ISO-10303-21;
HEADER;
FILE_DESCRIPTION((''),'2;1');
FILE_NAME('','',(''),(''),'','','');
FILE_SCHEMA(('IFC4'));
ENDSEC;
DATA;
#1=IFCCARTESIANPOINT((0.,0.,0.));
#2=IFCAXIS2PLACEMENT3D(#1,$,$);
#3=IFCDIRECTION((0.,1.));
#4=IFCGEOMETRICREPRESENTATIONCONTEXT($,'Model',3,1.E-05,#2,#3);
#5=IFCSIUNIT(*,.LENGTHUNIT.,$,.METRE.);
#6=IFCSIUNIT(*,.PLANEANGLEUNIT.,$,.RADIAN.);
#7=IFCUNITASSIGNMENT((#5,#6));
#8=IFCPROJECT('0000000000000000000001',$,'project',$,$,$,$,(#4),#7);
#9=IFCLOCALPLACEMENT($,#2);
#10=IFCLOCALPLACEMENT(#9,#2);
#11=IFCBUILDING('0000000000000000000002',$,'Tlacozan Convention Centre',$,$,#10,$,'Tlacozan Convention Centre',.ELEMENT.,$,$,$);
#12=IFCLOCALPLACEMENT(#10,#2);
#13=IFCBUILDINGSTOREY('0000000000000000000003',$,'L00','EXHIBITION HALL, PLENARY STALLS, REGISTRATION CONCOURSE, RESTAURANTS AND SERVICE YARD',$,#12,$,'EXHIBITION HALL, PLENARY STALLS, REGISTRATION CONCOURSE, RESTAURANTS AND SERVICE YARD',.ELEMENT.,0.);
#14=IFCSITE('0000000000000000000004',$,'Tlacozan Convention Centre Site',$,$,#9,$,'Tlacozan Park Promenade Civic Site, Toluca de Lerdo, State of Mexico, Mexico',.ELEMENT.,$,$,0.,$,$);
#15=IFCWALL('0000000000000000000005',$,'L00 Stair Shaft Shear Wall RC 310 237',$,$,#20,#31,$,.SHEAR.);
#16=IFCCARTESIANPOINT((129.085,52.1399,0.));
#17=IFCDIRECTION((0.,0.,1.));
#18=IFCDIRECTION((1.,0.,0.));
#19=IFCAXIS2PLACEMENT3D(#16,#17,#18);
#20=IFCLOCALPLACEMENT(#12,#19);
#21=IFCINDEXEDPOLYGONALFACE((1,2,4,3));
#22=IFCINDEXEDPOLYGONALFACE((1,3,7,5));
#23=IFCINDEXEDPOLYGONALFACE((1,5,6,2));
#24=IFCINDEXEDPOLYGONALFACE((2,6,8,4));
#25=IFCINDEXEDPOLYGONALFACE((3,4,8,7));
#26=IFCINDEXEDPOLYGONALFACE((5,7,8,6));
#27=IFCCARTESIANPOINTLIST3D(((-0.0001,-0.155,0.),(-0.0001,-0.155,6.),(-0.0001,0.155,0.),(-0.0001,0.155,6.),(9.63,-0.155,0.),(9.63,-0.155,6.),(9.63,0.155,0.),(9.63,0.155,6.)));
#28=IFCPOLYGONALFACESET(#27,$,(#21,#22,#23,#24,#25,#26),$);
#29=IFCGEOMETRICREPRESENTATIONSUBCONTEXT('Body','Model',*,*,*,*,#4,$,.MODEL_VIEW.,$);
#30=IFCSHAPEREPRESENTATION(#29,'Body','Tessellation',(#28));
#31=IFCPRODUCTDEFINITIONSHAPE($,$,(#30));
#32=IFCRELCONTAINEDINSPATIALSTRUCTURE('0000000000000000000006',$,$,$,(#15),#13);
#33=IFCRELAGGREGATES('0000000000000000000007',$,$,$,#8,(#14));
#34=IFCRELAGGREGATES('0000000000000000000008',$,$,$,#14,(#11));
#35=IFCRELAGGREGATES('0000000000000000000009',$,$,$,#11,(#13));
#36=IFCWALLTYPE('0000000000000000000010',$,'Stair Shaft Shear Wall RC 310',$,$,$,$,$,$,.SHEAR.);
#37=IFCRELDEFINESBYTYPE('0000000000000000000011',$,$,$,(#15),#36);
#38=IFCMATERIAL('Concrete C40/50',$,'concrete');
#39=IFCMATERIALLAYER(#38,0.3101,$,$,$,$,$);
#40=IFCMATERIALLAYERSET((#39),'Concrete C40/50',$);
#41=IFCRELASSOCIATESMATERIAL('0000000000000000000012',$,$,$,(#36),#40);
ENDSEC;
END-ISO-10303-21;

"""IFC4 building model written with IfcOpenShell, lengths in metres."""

from ifc_helpers import new_model, si_unit, direction, frame, frame_2d, origin, place, context, subcontext, project, spatial, rectangle, extrude, material, layer, layer_set, type_object, element, save


model = new_model("IFC4")

# Units and contexts
model_context = context("Model", 3, precision=1e-05, world=origin(), true_north=direction((0.0, 1.0)))
body_context = subcontext(model_context, "Body", "Model", "MODEL_VIEW")
ifc_project = project(units=[si_unit("LENGTHUNIT", "METRE"), si_unit("PLANEANGLEUNIT", "RADIAN")], contexts=[model_context])

# Site, building, storey
site_placement = place(None, origin())
site = spatial("IfcSite", under=ifc_project, at=site_placement, Name="Tlacozan Convention Centre Site", LongName="Tlacozan Park Promenade Civic Site, Toluca de Lerdo, State of Mexico, Mexico", CompositionType="ELEMENT", RefElevation=0.0)
building_placement = place(site_placement, origin())
building = spatial("IfcBuilding", under=site, at=building_placement, Name="Tlacozan Convention Centre", LongName="Tlacozan Convention Centre", CompositionType="ELEMENT")
storey_placement = place(building_placement, origin())
storey = spatial("IfcBuildingStorey", under=building, at=storey_placement, Name="L00", Description="EXHIBITION HALL, PLENARY STALLS, REGISTRATION CONCOURSE, RESTAURANTS AND SERVICE YARD", LongName="EXHIBITION HALL, PLENARY STALLS, REGISTRATION CONCOURSE, RESTAURANTS AND SERVICE YARD", CompositionType="ELEMENT", Elevation=0.0)

# Wall
ifc_material_1 = material(Name="Concrete C40/50", Category="concrete")
ifc_layer = layer(ifc_material_1, 0.3101)
ifc_layer_set = layer_set([ifc_layer], Name="Concrete C40/50")
wall_type = type_object("IfcWallType", Name="Stair Shaft Shear Wall RC 310", PredefinedType="SHEAR", material=ifc_layer_set)
wall_1_placement = place(storey_placement, frame((129.085, 52.1399, 0.0), z_axis=(0.0, 0.0, 1.0), x_axis=(1.0, 0.0, 0.0)))
element("IfcWall", 1, at=wall_1_placement, inside=storey, type_object=wall_type, Name="L00 Stair Shaft Shear Wall RC 310 237", PredefinedType="SHEAR", context=body_context, shape_type="SweptSolid", body=[
    extrude(rectangle(XDim=9.6301, YDim=0.3101, at=frame_2d((4.8149, 0.0))), origin(), (0.0, 0.0, 1.0), 6.0),
])

save(model, "model.ifc")
